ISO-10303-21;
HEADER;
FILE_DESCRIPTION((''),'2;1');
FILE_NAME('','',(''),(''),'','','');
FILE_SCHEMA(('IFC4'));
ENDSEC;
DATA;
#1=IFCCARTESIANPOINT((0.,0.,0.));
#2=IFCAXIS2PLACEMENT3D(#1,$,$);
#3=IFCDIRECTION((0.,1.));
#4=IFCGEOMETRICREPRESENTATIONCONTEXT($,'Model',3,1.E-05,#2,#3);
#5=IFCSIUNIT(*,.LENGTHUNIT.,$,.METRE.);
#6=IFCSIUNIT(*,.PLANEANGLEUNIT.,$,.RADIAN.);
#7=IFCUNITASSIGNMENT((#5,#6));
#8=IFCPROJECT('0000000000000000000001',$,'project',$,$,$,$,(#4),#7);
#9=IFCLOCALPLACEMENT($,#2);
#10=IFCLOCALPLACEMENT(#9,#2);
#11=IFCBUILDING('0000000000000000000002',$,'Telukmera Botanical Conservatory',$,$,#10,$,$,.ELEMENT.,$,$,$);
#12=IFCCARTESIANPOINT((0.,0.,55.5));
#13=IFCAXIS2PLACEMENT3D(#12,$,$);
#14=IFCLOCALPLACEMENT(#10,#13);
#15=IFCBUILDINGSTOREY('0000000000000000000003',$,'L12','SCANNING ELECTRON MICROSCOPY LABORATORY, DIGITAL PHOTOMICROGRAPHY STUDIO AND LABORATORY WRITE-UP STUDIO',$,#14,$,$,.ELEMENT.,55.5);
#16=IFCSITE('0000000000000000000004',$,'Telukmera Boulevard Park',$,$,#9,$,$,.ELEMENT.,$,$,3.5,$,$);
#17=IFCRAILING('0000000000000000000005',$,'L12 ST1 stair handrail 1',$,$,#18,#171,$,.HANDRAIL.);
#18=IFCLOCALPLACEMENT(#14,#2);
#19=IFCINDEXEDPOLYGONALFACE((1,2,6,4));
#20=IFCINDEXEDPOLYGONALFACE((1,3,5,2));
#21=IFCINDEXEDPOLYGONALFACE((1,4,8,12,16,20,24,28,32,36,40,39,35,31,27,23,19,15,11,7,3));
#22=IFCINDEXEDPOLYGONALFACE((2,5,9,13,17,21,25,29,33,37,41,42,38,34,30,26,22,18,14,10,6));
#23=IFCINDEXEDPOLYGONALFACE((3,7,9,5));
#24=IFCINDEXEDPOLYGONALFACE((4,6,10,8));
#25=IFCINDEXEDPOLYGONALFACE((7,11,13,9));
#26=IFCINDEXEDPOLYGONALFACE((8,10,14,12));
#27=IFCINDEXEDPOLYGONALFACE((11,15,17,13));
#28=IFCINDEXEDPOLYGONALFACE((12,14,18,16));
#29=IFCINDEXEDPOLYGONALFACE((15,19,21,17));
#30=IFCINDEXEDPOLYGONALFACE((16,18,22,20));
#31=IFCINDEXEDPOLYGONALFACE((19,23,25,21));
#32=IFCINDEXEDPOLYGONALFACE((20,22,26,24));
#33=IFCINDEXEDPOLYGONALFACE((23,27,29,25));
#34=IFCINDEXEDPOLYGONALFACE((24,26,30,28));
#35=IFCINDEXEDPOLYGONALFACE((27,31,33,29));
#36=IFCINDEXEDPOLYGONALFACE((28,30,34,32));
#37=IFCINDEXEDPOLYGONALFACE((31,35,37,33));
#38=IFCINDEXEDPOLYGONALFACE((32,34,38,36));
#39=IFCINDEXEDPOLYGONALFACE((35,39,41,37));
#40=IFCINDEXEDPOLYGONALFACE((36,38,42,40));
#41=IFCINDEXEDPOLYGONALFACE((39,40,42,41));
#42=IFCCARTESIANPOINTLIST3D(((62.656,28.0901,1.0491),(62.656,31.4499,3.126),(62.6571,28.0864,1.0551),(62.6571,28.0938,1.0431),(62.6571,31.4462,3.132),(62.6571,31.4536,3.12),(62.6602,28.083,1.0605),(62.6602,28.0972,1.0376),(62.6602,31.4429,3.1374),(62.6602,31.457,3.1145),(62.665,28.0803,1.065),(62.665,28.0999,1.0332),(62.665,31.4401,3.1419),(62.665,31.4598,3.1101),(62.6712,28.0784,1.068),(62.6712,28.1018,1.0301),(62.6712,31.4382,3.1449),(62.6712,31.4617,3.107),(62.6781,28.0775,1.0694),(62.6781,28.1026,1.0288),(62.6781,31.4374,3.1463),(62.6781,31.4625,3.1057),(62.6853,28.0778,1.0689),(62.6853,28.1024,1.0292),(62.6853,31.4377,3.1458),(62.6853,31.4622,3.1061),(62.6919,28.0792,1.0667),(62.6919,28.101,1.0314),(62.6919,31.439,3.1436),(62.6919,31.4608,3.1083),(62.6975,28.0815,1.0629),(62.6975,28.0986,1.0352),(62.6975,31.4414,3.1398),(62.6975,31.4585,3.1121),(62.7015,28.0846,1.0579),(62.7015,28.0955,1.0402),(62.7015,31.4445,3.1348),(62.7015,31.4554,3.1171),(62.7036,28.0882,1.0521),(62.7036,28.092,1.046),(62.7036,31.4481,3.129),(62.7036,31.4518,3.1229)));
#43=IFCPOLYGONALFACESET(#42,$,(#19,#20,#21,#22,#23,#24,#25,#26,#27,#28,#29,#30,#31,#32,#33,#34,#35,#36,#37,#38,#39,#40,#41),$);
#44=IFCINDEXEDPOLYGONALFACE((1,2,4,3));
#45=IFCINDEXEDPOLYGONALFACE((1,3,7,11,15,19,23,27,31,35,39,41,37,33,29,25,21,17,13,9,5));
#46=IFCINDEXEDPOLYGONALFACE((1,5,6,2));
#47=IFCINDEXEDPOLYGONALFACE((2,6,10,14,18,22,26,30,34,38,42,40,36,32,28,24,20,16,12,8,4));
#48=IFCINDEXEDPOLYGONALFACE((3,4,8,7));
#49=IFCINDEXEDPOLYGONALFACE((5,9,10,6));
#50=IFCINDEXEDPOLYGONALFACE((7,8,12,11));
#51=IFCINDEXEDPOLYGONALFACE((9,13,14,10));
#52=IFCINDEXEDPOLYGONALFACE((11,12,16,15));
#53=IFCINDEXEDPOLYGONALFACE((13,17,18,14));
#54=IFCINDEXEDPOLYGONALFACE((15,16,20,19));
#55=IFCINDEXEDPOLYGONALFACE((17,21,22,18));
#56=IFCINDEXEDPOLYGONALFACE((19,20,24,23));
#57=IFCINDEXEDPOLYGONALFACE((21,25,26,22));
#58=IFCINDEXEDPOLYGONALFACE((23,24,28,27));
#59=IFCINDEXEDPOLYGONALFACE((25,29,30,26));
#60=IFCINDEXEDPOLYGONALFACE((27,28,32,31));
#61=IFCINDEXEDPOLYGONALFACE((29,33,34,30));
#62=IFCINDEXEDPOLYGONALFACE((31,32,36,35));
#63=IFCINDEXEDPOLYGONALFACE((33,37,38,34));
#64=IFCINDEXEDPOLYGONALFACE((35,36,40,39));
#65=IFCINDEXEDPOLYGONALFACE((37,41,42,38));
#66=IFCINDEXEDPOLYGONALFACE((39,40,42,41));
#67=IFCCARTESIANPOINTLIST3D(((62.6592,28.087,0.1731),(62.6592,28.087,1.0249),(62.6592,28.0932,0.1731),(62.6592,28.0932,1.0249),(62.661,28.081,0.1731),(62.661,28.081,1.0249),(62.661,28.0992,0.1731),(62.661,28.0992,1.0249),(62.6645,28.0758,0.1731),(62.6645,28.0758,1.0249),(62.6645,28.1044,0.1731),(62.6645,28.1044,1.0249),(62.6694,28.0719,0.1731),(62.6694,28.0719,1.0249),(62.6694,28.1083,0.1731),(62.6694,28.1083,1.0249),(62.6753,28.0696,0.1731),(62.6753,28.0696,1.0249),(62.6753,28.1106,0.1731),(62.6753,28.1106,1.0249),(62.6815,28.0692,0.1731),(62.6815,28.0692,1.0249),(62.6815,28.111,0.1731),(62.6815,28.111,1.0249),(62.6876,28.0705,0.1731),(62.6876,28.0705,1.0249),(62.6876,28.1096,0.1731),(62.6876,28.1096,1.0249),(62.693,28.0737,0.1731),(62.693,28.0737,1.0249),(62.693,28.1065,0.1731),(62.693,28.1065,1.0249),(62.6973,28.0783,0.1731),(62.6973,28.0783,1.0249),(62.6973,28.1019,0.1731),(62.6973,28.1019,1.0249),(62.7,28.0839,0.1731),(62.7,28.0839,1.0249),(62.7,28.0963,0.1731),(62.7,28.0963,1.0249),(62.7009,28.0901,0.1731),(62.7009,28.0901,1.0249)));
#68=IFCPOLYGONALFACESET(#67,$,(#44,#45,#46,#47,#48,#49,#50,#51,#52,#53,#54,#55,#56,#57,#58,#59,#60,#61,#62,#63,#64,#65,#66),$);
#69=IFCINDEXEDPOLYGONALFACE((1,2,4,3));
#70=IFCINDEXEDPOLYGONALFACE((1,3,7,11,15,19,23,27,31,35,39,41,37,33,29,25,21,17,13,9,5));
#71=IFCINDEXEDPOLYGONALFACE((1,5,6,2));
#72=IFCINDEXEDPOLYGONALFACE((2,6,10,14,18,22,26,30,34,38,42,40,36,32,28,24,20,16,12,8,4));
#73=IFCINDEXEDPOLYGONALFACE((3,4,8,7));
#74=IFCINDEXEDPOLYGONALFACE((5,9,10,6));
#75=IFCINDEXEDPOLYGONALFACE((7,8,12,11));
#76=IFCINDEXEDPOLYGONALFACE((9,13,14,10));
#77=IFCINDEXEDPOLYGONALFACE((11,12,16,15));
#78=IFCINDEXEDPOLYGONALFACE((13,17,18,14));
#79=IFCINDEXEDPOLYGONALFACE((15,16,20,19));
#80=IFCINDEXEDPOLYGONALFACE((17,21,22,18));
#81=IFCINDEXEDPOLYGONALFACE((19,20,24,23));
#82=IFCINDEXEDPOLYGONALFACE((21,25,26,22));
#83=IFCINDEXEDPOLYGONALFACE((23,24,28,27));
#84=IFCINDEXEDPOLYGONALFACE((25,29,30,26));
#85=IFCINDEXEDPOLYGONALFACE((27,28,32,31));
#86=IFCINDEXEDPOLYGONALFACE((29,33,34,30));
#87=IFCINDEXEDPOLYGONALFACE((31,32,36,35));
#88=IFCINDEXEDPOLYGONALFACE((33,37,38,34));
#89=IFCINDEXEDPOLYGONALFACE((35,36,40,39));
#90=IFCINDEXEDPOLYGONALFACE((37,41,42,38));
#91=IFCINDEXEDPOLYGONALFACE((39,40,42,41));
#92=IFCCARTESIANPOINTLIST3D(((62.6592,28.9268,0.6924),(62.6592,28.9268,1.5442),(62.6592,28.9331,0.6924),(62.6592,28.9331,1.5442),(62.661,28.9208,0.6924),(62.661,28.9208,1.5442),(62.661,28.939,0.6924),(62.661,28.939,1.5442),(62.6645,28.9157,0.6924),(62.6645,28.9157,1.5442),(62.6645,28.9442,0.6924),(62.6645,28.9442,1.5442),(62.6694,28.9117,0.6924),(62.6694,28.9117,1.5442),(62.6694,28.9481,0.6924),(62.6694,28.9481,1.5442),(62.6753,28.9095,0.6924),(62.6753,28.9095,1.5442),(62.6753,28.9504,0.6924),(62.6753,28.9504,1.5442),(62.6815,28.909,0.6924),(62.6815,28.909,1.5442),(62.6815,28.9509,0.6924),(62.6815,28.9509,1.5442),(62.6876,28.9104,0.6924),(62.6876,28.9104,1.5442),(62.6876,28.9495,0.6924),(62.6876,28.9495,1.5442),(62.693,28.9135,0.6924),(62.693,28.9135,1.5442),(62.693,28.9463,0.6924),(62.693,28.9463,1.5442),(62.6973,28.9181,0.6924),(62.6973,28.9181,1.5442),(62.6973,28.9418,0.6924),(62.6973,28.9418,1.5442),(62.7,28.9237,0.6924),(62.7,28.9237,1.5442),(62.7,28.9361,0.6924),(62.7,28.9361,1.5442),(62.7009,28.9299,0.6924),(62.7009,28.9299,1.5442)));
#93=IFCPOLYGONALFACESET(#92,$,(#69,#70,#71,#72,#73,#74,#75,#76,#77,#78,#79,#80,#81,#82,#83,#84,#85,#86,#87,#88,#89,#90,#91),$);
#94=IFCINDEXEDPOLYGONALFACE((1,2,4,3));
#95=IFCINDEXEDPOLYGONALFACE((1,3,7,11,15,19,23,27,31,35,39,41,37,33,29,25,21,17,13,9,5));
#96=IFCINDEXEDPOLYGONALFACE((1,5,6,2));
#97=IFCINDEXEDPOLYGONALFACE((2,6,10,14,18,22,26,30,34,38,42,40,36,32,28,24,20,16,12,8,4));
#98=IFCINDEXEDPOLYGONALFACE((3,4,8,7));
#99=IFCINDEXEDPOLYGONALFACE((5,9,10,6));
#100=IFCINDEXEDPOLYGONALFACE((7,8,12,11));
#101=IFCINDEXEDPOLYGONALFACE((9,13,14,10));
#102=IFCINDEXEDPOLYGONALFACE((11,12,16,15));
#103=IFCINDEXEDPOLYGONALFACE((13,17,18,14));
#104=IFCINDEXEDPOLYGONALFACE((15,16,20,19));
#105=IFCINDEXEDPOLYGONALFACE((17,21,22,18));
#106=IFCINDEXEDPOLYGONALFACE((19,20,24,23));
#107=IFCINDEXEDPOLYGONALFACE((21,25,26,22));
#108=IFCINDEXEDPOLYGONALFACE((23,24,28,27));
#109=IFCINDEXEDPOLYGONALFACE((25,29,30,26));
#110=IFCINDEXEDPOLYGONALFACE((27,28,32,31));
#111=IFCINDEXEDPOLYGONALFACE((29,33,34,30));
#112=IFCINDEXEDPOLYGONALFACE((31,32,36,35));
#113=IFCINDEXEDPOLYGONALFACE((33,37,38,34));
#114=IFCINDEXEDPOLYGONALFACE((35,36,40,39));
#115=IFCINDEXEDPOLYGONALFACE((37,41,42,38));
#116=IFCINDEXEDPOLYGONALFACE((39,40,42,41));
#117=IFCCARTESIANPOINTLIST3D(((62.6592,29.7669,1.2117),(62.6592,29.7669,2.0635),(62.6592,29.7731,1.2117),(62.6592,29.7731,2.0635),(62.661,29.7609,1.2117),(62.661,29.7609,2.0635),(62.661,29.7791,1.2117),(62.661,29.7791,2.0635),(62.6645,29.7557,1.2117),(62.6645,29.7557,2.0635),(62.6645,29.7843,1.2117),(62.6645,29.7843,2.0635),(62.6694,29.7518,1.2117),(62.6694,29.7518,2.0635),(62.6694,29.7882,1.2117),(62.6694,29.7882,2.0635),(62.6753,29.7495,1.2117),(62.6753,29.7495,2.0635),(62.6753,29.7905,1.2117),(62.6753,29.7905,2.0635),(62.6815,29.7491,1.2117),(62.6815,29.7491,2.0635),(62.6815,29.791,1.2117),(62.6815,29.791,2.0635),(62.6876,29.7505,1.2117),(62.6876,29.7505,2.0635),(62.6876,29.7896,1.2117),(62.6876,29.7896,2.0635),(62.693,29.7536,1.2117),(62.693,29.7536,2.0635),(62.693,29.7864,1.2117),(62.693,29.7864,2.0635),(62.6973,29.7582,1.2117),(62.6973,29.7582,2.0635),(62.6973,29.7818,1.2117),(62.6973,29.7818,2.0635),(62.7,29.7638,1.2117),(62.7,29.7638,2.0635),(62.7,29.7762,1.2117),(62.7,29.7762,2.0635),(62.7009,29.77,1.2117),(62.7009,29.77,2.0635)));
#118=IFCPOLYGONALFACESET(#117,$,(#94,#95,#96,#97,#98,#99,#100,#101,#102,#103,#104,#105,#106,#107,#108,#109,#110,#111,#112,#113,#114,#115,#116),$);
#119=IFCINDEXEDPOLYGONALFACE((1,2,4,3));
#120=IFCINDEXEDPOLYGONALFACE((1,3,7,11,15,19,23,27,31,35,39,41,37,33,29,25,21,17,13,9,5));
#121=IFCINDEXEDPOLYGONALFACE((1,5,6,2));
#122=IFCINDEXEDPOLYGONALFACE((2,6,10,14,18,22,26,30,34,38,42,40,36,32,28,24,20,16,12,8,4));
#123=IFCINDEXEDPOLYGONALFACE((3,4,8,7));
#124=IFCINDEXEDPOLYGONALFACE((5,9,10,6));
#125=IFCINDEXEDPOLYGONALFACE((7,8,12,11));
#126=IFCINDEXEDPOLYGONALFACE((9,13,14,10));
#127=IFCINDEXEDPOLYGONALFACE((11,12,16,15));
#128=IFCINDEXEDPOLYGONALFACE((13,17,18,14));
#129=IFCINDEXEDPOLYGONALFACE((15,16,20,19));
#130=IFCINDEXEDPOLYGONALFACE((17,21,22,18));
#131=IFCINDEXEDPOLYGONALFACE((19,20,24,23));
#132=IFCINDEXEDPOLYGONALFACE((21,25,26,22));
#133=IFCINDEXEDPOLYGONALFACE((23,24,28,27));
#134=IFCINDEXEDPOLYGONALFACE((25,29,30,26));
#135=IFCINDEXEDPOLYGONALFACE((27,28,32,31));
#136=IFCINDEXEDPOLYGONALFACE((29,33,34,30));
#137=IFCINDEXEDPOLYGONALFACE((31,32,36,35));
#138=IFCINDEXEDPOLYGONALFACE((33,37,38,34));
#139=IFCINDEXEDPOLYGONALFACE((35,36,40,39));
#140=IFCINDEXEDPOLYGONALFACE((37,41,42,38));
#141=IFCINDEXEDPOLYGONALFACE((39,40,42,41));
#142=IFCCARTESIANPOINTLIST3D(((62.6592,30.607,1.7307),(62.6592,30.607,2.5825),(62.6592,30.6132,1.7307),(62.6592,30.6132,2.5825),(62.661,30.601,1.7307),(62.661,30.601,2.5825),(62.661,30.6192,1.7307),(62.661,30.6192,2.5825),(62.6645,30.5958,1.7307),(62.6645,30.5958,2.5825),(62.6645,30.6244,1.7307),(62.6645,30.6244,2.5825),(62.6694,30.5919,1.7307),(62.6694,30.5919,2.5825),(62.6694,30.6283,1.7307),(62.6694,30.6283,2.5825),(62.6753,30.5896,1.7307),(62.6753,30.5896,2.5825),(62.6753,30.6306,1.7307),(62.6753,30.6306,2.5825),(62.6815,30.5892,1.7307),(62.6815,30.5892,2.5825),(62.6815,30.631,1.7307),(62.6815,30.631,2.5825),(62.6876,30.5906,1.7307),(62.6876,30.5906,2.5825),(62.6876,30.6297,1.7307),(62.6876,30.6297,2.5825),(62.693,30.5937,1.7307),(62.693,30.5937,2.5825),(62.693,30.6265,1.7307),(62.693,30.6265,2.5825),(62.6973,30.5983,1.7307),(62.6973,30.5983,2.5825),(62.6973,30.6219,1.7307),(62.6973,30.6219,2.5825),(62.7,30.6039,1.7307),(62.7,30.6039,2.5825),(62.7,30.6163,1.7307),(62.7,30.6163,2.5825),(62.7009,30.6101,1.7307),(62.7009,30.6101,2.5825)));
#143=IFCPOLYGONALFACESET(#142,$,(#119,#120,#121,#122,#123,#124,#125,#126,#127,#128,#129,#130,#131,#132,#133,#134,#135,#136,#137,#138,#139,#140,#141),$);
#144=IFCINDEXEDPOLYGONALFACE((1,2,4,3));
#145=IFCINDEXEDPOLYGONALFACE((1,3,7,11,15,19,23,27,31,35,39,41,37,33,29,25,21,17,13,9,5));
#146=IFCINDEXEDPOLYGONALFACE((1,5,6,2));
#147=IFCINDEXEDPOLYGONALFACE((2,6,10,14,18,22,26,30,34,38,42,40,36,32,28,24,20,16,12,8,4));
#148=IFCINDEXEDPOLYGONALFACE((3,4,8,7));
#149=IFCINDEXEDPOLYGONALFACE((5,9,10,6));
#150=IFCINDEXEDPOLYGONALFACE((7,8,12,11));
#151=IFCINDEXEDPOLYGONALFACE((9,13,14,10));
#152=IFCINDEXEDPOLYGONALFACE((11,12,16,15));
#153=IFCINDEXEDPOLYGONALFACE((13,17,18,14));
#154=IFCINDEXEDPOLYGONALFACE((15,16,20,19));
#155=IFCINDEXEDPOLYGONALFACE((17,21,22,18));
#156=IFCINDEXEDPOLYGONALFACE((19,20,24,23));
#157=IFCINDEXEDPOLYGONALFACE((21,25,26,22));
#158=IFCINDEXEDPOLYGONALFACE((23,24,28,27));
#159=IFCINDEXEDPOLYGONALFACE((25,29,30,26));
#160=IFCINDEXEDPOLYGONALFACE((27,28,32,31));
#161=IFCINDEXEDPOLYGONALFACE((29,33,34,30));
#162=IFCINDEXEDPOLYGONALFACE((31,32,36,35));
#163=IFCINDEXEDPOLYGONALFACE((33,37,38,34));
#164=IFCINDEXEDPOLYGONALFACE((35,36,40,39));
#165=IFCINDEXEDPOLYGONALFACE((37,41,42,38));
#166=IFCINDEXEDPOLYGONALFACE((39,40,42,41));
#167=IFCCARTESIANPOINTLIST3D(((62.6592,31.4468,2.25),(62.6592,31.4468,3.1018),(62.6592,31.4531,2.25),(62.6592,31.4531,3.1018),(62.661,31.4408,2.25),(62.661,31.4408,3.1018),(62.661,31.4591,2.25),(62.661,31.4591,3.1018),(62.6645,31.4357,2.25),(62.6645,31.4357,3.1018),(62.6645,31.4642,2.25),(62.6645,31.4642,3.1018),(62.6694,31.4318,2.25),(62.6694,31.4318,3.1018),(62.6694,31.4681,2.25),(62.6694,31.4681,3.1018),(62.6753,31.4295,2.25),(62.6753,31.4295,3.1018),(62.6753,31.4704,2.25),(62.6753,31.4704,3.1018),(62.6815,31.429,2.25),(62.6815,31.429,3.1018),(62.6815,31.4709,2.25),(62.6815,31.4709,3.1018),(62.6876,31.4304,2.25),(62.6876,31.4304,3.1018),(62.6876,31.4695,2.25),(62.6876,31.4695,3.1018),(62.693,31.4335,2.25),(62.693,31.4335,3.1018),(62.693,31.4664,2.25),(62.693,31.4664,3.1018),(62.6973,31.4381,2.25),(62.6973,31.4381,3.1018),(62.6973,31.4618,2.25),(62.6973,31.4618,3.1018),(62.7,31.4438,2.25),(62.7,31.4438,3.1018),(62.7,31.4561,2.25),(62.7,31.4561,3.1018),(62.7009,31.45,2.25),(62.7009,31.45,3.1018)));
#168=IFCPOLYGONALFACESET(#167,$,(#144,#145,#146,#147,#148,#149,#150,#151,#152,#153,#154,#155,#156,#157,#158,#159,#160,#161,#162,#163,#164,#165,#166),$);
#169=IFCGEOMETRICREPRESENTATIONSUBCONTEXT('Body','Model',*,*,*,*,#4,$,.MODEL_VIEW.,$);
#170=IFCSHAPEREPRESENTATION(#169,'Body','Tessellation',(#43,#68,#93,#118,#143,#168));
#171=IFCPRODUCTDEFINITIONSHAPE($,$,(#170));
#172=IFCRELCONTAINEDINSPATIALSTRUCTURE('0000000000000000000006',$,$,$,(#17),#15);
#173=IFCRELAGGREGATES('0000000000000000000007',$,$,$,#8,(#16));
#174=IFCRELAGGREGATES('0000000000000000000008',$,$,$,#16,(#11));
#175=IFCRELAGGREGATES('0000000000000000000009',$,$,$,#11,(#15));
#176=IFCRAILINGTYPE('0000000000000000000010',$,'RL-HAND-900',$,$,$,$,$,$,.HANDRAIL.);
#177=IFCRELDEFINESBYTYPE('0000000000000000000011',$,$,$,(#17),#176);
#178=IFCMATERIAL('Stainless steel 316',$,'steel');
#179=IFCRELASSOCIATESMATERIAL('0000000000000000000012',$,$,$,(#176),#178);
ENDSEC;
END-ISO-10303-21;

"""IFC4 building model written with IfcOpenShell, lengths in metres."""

from ifc_helpers import new_model, si_unit, direction, frame, origin, origin_2d, place, context, subcontext, project, spatial, circle, extrude, material, type_object, element, save


model = new_model("IFC4")

# Units and contexts
model_context = context("Model", 3, precision=1e-05, world=origin(), true_north=direction((0.0, 1.0)))
body_context = subcontext(model_context, "Body", "Model", "MODEL_VIEW")
ifc_project = project(units=[si_unit("LENGTHUNIT", "METRE"), si_unit("PLANEANGLEUNIT", "RADIAN")], contexts=[model_context])

# Site, building, storey
site_placement = place(None, origin())
site = spatial("IfcSite", under=ifc_project, at=site_placement, Name="Telukmera Boulevard Park", CompositionType="ELEMENT", RefElevation=3.5)
building_placement = place(site_placement, origin())
building = spatial("IfcBuilding", under=site, at=building_placement, Name="Telukmera Botanical Conservatory", CompositionType="ELEMENT")
storey_placement = place(building_placement, frame((0.0, 0.0, 55.5)))
storey = spatial("IfcBuildingStorey", under=building, at=storey_placement, Name="L12", Description="SCANNING ELECTRON MICROSCOPY LABORATORY, DIGITAL PHOTOMICROGRAPHY STUDIO AND LABORATORY WRITE-UP STUDIO", CompositionType="ELEMENT", Elevation=55.5)

# Shared definitions
ifc_material_1 = material(Name="Stainless steel 316", Category="steel")

# Railing
railing_type_1 = type_object("IfcRailingType", Name="RL-HAND-900", PredefinedType="HANDRAIL", material=ifc_material_1)
railing_1_placement = place(storey_placement, frame((62.6799, 28.0901, 0.1731)))
element("IfcRailing", 1, at=railing_1_placement, inside=storey, type_object=railing_type_1, Name="L12 ST1 stair handrail 1", PredefinedType="HANDRAIL", context=body_context, shape_type="SweptSolid", body=[
    extrude(circle(Radius=0.0239, at=origin_2d()), frame((0.0, 0.0, 0.876), z_axis=(0.0, 0.850606, 0.525803), x_axis=(-1.0, 0.0, 0.0)), (0.0, 0.0, 1.0), 3.95),
    extrude(circle(Radius=0.021, at=origin_2d()), origin(), (0.0, 0.0, 1.0), 0.8518),
    extrude(circle(Radius=0.021, at=origin_2d()), frame((0.0, 0.8398, 0.5193)), (0.0, 0.0, 1.0), 0.8518),
    extrude(circle(Radius=0.021, at=origin_2d()), frame((0.0, 1.6799, 1.0386)), (0.0, 0.0, 1.0), 0.8518),
    extrude(circle(Radius=0.021, at=origin_2d()), frame((0.0, 2.52, 1.5576)), (0.0, 0.0, 1.0), 0.8518),
    extrude(circle(Radius=0.021, at=origin_2d()), frame((0.0, 3.3599, 2.0769)), (0.0, 0.0, 1.0), 0.8518),
])

save(model, "model.ifc")
